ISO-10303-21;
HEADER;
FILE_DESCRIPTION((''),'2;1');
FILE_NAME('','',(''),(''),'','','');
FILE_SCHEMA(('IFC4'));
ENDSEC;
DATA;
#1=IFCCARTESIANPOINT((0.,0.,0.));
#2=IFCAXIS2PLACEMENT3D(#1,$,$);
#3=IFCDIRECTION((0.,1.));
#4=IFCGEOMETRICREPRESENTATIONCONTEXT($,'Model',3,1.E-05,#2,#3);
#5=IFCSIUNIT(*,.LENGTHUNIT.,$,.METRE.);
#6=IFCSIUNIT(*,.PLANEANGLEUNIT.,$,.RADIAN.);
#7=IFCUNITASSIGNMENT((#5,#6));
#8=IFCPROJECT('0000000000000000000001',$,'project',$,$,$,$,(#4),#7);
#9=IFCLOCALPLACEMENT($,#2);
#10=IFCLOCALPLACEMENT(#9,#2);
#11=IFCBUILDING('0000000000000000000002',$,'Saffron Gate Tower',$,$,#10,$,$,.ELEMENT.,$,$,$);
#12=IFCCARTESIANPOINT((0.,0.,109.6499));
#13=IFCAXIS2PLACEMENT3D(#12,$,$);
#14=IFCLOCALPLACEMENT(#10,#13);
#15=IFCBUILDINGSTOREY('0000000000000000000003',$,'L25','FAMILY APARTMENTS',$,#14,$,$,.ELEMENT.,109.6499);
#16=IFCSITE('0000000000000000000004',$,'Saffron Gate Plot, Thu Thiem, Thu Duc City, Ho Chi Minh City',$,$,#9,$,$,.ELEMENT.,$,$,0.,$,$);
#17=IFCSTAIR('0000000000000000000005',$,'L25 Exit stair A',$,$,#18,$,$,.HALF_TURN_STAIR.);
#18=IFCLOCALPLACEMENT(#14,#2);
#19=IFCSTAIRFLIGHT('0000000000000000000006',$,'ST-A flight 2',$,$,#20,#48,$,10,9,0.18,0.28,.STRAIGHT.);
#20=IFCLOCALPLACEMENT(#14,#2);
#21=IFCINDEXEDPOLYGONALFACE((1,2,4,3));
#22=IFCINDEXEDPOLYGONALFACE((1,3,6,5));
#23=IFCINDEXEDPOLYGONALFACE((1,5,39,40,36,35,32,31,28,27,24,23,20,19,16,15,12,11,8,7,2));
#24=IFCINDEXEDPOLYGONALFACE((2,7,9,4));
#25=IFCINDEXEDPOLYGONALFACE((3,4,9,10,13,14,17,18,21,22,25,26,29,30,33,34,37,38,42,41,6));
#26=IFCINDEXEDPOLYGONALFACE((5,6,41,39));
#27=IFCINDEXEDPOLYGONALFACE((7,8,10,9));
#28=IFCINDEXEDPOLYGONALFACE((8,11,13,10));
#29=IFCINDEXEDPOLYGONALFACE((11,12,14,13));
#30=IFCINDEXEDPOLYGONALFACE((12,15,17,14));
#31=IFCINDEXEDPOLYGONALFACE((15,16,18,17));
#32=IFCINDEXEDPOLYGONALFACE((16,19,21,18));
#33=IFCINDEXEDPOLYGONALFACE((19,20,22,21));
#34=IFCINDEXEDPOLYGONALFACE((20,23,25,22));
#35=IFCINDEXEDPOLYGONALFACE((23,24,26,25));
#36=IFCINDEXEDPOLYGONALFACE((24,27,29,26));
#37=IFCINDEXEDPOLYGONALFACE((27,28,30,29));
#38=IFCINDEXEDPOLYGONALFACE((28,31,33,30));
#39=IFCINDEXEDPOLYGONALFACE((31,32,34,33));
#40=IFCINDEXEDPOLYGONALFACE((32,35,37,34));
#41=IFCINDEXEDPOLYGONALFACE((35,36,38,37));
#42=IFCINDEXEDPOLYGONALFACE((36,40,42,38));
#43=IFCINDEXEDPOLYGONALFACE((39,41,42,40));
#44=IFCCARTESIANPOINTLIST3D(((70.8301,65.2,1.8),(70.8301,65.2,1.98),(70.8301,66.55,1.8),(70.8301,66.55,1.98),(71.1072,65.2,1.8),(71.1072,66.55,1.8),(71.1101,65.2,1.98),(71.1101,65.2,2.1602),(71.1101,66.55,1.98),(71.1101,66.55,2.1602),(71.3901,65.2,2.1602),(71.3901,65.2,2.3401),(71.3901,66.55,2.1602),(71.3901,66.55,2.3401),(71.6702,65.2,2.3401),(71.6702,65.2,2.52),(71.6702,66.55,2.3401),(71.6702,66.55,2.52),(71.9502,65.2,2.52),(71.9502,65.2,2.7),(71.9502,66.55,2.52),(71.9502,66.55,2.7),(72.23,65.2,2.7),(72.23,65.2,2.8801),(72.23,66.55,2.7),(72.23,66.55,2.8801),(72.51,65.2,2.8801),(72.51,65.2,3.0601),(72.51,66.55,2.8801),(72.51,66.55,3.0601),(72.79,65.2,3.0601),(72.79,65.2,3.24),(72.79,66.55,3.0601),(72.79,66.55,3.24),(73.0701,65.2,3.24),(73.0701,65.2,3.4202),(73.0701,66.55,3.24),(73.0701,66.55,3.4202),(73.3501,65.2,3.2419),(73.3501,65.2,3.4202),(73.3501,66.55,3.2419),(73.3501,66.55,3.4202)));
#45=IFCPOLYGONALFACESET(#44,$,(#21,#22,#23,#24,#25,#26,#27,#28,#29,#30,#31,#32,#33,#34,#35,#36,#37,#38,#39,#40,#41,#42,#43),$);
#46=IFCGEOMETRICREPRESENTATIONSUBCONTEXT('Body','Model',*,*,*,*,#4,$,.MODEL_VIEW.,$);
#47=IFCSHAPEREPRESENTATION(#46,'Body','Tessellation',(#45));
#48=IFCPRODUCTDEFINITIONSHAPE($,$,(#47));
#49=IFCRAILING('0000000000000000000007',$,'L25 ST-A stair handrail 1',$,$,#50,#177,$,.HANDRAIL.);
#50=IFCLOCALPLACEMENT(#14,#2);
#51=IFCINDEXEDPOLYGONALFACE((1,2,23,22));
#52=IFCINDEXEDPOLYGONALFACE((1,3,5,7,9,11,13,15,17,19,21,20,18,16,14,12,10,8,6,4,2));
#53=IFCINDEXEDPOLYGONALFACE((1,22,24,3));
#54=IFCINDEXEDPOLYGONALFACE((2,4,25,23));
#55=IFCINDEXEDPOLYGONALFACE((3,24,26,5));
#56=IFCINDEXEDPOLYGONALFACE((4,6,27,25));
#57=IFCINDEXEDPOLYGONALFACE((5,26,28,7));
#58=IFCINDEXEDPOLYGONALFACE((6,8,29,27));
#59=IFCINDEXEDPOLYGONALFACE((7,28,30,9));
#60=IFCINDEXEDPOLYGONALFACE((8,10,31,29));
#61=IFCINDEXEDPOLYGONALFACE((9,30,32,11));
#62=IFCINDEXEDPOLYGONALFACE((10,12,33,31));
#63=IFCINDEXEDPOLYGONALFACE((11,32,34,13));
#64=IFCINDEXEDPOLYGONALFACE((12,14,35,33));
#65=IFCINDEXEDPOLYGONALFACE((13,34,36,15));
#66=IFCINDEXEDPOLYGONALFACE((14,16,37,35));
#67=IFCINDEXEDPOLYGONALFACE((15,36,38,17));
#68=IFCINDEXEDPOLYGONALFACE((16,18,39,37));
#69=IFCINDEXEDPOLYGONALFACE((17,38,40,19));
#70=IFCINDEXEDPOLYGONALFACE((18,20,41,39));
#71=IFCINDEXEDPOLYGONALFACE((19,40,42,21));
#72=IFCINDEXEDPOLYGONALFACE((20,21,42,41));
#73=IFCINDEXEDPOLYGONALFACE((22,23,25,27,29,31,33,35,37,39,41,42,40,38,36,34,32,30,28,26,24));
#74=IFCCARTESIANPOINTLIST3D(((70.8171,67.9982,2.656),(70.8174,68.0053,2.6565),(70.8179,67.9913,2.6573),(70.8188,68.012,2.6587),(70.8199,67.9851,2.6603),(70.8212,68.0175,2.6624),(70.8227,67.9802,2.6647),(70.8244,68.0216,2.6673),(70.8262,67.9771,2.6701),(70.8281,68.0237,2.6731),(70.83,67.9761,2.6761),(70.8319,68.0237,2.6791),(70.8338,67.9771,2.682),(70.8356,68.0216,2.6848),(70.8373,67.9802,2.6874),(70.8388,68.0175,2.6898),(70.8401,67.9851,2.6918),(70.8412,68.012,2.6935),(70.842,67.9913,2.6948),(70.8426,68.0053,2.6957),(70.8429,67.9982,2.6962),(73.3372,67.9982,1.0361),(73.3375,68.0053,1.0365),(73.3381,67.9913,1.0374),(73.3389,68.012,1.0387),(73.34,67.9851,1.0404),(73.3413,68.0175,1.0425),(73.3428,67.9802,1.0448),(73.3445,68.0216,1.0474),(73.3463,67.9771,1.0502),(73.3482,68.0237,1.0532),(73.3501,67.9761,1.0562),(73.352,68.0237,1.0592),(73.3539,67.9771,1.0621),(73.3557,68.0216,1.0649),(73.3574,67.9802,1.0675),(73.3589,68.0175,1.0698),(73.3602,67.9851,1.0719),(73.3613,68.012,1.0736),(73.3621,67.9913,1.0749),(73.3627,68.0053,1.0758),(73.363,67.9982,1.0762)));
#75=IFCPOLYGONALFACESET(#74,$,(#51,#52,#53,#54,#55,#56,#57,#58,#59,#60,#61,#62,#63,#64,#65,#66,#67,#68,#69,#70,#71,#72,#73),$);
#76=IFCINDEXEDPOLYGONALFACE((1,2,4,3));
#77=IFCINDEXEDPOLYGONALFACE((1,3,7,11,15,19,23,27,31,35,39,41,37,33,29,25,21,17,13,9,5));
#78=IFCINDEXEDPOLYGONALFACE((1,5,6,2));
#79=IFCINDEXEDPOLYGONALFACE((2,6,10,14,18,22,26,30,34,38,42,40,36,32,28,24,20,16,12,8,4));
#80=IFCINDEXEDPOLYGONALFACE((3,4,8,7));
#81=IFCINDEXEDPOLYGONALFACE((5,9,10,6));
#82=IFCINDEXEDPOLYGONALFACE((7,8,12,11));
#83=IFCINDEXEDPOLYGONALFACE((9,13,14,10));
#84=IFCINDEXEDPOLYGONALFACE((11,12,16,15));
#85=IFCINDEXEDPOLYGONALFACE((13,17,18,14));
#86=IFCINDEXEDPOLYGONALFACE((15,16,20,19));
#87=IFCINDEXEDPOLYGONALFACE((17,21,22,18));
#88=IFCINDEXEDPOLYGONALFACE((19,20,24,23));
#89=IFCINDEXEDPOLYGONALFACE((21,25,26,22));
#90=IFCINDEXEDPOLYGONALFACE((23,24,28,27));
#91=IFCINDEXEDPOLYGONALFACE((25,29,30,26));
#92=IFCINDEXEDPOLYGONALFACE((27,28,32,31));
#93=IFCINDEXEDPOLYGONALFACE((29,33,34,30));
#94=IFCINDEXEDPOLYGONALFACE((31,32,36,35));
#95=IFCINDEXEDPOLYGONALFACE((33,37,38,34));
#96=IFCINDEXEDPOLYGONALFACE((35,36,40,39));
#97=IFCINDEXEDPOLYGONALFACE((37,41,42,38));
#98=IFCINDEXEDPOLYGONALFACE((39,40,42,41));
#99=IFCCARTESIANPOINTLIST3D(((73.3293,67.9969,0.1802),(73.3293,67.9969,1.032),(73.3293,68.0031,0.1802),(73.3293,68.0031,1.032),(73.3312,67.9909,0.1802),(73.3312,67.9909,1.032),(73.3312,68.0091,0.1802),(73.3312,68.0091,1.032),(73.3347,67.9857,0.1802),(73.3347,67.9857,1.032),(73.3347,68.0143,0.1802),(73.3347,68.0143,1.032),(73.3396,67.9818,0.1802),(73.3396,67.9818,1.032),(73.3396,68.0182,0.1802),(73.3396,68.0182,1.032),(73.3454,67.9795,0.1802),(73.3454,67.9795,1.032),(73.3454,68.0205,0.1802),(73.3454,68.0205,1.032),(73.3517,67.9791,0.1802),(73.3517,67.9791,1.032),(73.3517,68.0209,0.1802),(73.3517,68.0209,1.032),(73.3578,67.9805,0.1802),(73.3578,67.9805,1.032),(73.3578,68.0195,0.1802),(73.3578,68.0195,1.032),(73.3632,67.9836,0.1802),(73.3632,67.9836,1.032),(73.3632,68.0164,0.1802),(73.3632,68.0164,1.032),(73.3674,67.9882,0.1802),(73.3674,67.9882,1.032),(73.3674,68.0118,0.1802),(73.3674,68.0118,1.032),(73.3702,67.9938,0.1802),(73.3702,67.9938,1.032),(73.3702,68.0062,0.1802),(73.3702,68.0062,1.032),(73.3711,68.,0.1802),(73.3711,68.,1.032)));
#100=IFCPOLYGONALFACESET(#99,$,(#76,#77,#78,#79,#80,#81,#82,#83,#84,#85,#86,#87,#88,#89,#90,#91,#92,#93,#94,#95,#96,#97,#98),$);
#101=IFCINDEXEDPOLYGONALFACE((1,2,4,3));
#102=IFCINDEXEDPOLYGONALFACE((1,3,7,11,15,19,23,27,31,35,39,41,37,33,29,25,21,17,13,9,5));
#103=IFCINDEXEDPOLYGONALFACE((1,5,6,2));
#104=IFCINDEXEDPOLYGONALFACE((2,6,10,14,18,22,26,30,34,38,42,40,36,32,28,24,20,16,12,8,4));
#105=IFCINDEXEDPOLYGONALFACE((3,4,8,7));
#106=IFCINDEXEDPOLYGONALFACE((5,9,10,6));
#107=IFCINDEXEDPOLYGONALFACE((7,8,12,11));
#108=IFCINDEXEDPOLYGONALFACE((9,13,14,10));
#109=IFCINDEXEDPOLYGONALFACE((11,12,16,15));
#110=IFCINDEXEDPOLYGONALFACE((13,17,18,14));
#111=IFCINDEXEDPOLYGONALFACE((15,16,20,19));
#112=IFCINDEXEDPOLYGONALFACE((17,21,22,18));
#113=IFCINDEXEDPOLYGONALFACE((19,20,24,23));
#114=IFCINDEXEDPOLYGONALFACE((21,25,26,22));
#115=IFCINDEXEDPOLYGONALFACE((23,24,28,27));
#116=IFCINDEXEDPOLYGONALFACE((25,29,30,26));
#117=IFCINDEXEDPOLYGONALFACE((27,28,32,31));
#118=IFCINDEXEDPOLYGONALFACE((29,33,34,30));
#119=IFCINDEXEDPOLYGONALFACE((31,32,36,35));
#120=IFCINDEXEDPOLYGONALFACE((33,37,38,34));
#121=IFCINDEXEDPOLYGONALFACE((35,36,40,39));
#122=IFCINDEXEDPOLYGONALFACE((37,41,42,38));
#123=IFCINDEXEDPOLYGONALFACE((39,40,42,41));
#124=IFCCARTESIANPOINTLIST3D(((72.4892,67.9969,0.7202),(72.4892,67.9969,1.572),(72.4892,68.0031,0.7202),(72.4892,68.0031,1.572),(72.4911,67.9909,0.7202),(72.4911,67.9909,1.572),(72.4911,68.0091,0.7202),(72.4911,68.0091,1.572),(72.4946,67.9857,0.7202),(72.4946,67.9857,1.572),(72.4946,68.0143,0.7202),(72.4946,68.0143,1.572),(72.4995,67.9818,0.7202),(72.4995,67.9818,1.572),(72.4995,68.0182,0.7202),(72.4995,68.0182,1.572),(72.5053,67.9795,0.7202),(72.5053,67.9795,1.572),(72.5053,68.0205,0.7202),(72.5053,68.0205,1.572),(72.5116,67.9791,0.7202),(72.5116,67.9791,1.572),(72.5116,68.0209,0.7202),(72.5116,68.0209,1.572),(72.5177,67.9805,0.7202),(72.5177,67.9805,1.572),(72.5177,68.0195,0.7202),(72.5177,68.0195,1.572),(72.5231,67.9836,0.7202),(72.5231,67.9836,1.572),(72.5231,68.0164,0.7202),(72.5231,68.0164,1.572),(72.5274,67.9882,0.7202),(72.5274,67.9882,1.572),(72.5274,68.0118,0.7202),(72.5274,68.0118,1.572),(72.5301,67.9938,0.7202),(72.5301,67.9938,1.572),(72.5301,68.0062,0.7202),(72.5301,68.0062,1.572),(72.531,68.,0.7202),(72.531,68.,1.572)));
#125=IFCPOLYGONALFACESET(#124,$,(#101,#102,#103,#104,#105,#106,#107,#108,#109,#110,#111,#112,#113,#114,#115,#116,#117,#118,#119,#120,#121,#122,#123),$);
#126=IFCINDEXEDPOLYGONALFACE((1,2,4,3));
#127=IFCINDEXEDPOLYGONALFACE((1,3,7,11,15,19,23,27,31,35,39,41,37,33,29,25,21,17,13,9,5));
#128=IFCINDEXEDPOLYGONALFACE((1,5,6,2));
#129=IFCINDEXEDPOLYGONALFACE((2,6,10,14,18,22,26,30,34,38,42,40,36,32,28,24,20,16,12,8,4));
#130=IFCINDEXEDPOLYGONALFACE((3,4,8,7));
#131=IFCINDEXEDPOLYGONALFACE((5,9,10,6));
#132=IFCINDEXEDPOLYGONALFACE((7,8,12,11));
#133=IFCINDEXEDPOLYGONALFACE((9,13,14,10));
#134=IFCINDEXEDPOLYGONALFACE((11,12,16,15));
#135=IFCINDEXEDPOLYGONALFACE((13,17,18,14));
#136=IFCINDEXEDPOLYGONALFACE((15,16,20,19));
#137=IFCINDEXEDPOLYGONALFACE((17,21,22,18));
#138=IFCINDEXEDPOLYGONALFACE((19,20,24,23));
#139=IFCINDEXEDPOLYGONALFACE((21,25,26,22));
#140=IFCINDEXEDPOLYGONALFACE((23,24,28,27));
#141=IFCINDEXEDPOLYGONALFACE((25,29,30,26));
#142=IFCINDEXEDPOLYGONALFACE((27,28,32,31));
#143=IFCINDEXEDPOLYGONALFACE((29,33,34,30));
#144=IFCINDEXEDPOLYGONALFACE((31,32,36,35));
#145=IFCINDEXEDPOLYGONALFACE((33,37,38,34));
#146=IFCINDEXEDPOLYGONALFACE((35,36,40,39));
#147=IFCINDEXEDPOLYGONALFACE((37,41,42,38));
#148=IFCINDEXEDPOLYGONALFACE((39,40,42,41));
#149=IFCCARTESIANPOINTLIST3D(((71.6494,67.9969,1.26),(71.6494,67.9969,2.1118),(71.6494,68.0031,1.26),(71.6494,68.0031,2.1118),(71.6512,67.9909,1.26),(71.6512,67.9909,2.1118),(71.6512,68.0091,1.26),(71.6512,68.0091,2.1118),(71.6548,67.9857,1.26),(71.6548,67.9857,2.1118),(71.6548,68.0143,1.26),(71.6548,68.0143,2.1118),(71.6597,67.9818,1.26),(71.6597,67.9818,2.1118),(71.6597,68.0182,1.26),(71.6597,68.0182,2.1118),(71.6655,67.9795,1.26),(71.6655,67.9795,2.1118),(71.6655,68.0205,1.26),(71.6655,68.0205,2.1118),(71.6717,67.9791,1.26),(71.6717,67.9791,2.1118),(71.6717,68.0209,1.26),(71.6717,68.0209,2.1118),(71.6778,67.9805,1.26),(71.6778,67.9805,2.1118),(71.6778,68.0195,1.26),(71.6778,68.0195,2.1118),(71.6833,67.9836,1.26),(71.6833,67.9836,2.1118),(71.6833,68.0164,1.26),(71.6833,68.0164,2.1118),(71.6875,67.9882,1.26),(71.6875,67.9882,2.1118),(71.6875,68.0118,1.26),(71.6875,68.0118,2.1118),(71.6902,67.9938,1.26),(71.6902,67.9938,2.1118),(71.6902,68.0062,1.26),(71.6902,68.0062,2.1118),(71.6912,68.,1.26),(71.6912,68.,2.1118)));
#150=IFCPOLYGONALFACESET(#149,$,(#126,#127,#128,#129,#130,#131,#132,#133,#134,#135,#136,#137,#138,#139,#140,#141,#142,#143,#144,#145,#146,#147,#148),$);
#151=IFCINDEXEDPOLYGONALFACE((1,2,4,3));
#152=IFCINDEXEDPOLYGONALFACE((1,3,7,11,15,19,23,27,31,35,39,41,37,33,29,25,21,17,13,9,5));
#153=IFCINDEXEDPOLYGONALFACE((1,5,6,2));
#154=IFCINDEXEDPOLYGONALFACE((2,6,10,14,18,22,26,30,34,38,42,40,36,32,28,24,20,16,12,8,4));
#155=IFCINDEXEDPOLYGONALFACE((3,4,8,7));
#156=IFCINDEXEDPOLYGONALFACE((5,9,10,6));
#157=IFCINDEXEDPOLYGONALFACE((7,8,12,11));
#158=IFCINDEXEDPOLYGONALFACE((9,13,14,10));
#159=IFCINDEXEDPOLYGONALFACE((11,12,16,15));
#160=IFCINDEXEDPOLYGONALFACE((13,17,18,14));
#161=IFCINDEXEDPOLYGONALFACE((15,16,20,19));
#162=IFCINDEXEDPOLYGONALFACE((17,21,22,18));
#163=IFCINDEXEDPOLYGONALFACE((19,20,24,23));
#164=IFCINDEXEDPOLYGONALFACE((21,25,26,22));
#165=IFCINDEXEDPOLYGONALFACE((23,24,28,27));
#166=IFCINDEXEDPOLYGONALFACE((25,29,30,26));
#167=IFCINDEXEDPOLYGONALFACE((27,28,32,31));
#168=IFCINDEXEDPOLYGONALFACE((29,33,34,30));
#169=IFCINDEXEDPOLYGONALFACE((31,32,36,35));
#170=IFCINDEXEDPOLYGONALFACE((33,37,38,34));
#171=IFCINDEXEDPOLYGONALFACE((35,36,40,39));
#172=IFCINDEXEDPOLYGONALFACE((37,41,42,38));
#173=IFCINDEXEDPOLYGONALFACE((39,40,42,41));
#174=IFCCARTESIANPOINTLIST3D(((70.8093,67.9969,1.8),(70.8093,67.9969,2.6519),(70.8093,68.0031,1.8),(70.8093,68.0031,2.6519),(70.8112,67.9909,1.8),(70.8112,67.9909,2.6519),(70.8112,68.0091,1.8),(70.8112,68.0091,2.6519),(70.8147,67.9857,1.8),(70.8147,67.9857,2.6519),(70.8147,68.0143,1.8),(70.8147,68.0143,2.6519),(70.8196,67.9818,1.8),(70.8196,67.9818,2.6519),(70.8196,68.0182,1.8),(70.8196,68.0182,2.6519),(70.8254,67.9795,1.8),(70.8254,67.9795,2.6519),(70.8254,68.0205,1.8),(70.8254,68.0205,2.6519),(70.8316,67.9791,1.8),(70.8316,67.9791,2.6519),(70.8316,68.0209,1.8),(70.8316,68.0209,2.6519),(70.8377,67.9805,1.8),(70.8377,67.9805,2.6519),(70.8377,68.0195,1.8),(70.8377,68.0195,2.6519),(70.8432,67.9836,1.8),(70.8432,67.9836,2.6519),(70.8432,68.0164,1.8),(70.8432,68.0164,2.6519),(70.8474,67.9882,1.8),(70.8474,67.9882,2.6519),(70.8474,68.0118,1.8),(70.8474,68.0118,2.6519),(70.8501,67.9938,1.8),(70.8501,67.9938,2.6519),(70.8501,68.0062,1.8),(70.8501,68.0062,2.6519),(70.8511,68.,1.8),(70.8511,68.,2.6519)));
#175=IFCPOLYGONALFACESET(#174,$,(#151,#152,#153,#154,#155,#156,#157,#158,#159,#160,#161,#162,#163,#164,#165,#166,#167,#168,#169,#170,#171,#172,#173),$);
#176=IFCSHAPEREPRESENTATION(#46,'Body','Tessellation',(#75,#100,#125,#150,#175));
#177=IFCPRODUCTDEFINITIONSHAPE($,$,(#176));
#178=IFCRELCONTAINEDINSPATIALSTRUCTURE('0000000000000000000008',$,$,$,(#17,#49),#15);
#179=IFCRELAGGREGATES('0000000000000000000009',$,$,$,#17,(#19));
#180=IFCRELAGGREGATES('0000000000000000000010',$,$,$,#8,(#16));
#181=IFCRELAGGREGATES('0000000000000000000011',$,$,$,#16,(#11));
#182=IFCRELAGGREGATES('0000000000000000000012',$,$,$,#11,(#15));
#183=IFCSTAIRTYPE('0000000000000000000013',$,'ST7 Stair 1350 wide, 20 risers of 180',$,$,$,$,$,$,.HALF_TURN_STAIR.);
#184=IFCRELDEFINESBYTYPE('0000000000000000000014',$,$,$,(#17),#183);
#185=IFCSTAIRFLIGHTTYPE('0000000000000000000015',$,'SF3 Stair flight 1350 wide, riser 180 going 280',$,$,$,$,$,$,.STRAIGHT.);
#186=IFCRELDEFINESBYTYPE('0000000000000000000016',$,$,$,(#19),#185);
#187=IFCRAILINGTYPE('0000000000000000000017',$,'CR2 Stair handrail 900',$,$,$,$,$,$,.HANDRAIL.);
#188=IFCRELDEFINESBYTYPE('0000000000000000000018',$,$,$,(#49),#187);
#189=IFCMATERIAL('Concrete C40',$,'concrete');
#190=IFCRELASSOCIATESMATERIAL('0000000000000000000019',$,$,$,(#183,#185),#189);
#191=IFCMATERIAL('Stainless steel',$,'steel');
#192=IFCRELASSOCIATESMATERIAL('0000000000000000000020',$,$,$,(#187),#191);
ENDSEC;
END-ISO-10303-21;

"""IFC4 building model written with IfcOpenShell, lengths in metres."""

from ifc_helpers import new_model, si_unit, direction, frame, origin, origin_2d, place, context, subcontext, project, spatial, polyline, circle, outline, extrude, material, type_object, element, aggregate, save


model = new_model("IFC4")

# Units and contexts
model_context = context("Model", 3, precision=1e-05, world=origin(), true_north=direction((0.0, 1.0)))
body_context = subcontext(model_context, "Body", "Model", "MODEL_VIEW")
ifc_project = project(units=[si_unit("LENGTHUNIT", "METRE"), si_unit("PLANEANGLEUNIT", "RADIAN")], contexts=[model_context])

# Site, building, storey
site_placement = place(None, origin())
site = spatial("IfcSite", under=ifc_project, at=site_placement, Name="Saffron Gate Plot, Thu Thiem, Thu Duc City, Ho Chi Minh City", CompositionType="ELEMENT", RefElevation=0.0)
building_placement = place(site_placement, origin())
building = spatial("IfcBuilding", under=site, at=building_placement, Name="Saffron Gate Tower", CompositionType="ELEMENT")
storey_placement = place(building_placement, frame((0.0, 0.0, 109.6499)))
storey = spatial("IfcBuildingStorey", under=building, at=storey_placement, Name="L25", Description="FAMILY APARTMENTS", CompositionType="ELEMENT", Elevation=109.6499)

# Stair, stair flight
ifc_material_1 = material(Name="Concrete C40", Category="concrete")
stair_type = type_object("IfcStairType", Name="ST7 Stair 1350 wide, 20 risers of 180", PredefinedType="HALF_TURN_STAIR", material=ifc_material_1)
stair_placement = place(storey_placement, origin())
stair = element("IfcStair", 1, at=stair_placement, inside=storey, type_object=stair_type, Name="L25 Exit stair A", PredefinedType="HALF_TURN_STAIR")
stair_flight_type = type_object("IfcStairFlightType", Name="SF3 Stair flight 1350 wide, riser 180 going 280", PredefinedType="STRAIGHT", material=ifc_material_1)
stair_flight_1_placement = place(storey_placement, frame((70.8301, 65.875, 1.8), z_axis=(0.0, 0.0, 1.0), x_axis=(1.0, 0.0, 0.0)))
stair_flight_1 = element("IfcStairFlight", 2, at=stair_flight_1_placement, type_object=stair_flight_type, Name="ST-A flight 2", NumberOfRisers=10, NumberOfTreads=9, PredefinedType="STRAIGHT", RiserHeight=0.18, TreadLength=0.28, context=body_context, shape_type="SweptSolid", body=[
    extrude(outline(polyline([(0.0, 0.0), (0.0, 0.1799), (0.28, 0.1799), (0.28, 0.3601), (0.5601, 0.3601), (0.5601, 0.54), (0.8401, 0.54), (0.8401, 0.72), (1.1201, 0.72), (1.1201, 0.8999), (1.3999, 0.8999), (1.3999, 1.0801), (1.6799, 1.0801), (1.6799, 1.26), (1.96, 1.26), (1.96, 1.4399), (2.24, 1.4399), (2.24, 1.6201), (2.52, 1.6201), (2.52, 1.8), (2.52, 1.4419), (0.2771, 0.0), (0.0, 0.0)])), frame((0.0, 0.675, 0.0), z_axis=(0.0, -1.0, 0.0), x_axis=(1.0, 0.0, 0.0)), (0.0, 0.0, 1.0), 1.3501),
])
aggregate(stair, [stair_flight_1])

# Railing
ifc_material_2 = material(Name="Stainless steel", Category="steel")
railing_type_1 = type_object("IfcRailingType", Name="CR2 Stair handrail 900", PredefinedType="HANDRAIL", material=ifc_material_2)
railing_1_placement = place(storey_placement, frame((73.3501, 68.0, 0.1802)))
element("IfcRailing", 3, at=railing_1_placement, inside=storey, type_object=railing_type_1, Name="L25 ST-A stair handrail 1", PredefinedType="HANDRAIL", context=body_context, shape_type="SweptSolid", body=[
    extrude(circle(Radius=0.0239, at=origin_2d()), frame((0.0, 0.0, 0.876), z_axis=(-0.8412, 0.0, 0.540725), x_axis=(0.0, -1.0, 0.0)), (0.0, 0.0, 1.0), 2.9958),
    extrude(circle(Radius=0.021, at=origin_2d()), origin(), (0.0, 0.0, 1.0), 0.8518),
    extrude(circle(Radius=0.021, at=origin_2d()), frame((-0.8401, 0.0, 0.54)), (0.0, 0.0, 1.0), 0.8518),
    extrude(circle(Radius=0.021, at=origin_2d()), frame((-1.6799, 0.0, 1.0798)), (0.0, 0.0, 1.0), 0.8518),
    extrude(circle(Radius=0.021, at=origin_2d()), frame((-2.52, 0.0, 1.6199)), (0.0, 0.0, 1.0), 0.8518),
])

save(model, "model.ifc")
